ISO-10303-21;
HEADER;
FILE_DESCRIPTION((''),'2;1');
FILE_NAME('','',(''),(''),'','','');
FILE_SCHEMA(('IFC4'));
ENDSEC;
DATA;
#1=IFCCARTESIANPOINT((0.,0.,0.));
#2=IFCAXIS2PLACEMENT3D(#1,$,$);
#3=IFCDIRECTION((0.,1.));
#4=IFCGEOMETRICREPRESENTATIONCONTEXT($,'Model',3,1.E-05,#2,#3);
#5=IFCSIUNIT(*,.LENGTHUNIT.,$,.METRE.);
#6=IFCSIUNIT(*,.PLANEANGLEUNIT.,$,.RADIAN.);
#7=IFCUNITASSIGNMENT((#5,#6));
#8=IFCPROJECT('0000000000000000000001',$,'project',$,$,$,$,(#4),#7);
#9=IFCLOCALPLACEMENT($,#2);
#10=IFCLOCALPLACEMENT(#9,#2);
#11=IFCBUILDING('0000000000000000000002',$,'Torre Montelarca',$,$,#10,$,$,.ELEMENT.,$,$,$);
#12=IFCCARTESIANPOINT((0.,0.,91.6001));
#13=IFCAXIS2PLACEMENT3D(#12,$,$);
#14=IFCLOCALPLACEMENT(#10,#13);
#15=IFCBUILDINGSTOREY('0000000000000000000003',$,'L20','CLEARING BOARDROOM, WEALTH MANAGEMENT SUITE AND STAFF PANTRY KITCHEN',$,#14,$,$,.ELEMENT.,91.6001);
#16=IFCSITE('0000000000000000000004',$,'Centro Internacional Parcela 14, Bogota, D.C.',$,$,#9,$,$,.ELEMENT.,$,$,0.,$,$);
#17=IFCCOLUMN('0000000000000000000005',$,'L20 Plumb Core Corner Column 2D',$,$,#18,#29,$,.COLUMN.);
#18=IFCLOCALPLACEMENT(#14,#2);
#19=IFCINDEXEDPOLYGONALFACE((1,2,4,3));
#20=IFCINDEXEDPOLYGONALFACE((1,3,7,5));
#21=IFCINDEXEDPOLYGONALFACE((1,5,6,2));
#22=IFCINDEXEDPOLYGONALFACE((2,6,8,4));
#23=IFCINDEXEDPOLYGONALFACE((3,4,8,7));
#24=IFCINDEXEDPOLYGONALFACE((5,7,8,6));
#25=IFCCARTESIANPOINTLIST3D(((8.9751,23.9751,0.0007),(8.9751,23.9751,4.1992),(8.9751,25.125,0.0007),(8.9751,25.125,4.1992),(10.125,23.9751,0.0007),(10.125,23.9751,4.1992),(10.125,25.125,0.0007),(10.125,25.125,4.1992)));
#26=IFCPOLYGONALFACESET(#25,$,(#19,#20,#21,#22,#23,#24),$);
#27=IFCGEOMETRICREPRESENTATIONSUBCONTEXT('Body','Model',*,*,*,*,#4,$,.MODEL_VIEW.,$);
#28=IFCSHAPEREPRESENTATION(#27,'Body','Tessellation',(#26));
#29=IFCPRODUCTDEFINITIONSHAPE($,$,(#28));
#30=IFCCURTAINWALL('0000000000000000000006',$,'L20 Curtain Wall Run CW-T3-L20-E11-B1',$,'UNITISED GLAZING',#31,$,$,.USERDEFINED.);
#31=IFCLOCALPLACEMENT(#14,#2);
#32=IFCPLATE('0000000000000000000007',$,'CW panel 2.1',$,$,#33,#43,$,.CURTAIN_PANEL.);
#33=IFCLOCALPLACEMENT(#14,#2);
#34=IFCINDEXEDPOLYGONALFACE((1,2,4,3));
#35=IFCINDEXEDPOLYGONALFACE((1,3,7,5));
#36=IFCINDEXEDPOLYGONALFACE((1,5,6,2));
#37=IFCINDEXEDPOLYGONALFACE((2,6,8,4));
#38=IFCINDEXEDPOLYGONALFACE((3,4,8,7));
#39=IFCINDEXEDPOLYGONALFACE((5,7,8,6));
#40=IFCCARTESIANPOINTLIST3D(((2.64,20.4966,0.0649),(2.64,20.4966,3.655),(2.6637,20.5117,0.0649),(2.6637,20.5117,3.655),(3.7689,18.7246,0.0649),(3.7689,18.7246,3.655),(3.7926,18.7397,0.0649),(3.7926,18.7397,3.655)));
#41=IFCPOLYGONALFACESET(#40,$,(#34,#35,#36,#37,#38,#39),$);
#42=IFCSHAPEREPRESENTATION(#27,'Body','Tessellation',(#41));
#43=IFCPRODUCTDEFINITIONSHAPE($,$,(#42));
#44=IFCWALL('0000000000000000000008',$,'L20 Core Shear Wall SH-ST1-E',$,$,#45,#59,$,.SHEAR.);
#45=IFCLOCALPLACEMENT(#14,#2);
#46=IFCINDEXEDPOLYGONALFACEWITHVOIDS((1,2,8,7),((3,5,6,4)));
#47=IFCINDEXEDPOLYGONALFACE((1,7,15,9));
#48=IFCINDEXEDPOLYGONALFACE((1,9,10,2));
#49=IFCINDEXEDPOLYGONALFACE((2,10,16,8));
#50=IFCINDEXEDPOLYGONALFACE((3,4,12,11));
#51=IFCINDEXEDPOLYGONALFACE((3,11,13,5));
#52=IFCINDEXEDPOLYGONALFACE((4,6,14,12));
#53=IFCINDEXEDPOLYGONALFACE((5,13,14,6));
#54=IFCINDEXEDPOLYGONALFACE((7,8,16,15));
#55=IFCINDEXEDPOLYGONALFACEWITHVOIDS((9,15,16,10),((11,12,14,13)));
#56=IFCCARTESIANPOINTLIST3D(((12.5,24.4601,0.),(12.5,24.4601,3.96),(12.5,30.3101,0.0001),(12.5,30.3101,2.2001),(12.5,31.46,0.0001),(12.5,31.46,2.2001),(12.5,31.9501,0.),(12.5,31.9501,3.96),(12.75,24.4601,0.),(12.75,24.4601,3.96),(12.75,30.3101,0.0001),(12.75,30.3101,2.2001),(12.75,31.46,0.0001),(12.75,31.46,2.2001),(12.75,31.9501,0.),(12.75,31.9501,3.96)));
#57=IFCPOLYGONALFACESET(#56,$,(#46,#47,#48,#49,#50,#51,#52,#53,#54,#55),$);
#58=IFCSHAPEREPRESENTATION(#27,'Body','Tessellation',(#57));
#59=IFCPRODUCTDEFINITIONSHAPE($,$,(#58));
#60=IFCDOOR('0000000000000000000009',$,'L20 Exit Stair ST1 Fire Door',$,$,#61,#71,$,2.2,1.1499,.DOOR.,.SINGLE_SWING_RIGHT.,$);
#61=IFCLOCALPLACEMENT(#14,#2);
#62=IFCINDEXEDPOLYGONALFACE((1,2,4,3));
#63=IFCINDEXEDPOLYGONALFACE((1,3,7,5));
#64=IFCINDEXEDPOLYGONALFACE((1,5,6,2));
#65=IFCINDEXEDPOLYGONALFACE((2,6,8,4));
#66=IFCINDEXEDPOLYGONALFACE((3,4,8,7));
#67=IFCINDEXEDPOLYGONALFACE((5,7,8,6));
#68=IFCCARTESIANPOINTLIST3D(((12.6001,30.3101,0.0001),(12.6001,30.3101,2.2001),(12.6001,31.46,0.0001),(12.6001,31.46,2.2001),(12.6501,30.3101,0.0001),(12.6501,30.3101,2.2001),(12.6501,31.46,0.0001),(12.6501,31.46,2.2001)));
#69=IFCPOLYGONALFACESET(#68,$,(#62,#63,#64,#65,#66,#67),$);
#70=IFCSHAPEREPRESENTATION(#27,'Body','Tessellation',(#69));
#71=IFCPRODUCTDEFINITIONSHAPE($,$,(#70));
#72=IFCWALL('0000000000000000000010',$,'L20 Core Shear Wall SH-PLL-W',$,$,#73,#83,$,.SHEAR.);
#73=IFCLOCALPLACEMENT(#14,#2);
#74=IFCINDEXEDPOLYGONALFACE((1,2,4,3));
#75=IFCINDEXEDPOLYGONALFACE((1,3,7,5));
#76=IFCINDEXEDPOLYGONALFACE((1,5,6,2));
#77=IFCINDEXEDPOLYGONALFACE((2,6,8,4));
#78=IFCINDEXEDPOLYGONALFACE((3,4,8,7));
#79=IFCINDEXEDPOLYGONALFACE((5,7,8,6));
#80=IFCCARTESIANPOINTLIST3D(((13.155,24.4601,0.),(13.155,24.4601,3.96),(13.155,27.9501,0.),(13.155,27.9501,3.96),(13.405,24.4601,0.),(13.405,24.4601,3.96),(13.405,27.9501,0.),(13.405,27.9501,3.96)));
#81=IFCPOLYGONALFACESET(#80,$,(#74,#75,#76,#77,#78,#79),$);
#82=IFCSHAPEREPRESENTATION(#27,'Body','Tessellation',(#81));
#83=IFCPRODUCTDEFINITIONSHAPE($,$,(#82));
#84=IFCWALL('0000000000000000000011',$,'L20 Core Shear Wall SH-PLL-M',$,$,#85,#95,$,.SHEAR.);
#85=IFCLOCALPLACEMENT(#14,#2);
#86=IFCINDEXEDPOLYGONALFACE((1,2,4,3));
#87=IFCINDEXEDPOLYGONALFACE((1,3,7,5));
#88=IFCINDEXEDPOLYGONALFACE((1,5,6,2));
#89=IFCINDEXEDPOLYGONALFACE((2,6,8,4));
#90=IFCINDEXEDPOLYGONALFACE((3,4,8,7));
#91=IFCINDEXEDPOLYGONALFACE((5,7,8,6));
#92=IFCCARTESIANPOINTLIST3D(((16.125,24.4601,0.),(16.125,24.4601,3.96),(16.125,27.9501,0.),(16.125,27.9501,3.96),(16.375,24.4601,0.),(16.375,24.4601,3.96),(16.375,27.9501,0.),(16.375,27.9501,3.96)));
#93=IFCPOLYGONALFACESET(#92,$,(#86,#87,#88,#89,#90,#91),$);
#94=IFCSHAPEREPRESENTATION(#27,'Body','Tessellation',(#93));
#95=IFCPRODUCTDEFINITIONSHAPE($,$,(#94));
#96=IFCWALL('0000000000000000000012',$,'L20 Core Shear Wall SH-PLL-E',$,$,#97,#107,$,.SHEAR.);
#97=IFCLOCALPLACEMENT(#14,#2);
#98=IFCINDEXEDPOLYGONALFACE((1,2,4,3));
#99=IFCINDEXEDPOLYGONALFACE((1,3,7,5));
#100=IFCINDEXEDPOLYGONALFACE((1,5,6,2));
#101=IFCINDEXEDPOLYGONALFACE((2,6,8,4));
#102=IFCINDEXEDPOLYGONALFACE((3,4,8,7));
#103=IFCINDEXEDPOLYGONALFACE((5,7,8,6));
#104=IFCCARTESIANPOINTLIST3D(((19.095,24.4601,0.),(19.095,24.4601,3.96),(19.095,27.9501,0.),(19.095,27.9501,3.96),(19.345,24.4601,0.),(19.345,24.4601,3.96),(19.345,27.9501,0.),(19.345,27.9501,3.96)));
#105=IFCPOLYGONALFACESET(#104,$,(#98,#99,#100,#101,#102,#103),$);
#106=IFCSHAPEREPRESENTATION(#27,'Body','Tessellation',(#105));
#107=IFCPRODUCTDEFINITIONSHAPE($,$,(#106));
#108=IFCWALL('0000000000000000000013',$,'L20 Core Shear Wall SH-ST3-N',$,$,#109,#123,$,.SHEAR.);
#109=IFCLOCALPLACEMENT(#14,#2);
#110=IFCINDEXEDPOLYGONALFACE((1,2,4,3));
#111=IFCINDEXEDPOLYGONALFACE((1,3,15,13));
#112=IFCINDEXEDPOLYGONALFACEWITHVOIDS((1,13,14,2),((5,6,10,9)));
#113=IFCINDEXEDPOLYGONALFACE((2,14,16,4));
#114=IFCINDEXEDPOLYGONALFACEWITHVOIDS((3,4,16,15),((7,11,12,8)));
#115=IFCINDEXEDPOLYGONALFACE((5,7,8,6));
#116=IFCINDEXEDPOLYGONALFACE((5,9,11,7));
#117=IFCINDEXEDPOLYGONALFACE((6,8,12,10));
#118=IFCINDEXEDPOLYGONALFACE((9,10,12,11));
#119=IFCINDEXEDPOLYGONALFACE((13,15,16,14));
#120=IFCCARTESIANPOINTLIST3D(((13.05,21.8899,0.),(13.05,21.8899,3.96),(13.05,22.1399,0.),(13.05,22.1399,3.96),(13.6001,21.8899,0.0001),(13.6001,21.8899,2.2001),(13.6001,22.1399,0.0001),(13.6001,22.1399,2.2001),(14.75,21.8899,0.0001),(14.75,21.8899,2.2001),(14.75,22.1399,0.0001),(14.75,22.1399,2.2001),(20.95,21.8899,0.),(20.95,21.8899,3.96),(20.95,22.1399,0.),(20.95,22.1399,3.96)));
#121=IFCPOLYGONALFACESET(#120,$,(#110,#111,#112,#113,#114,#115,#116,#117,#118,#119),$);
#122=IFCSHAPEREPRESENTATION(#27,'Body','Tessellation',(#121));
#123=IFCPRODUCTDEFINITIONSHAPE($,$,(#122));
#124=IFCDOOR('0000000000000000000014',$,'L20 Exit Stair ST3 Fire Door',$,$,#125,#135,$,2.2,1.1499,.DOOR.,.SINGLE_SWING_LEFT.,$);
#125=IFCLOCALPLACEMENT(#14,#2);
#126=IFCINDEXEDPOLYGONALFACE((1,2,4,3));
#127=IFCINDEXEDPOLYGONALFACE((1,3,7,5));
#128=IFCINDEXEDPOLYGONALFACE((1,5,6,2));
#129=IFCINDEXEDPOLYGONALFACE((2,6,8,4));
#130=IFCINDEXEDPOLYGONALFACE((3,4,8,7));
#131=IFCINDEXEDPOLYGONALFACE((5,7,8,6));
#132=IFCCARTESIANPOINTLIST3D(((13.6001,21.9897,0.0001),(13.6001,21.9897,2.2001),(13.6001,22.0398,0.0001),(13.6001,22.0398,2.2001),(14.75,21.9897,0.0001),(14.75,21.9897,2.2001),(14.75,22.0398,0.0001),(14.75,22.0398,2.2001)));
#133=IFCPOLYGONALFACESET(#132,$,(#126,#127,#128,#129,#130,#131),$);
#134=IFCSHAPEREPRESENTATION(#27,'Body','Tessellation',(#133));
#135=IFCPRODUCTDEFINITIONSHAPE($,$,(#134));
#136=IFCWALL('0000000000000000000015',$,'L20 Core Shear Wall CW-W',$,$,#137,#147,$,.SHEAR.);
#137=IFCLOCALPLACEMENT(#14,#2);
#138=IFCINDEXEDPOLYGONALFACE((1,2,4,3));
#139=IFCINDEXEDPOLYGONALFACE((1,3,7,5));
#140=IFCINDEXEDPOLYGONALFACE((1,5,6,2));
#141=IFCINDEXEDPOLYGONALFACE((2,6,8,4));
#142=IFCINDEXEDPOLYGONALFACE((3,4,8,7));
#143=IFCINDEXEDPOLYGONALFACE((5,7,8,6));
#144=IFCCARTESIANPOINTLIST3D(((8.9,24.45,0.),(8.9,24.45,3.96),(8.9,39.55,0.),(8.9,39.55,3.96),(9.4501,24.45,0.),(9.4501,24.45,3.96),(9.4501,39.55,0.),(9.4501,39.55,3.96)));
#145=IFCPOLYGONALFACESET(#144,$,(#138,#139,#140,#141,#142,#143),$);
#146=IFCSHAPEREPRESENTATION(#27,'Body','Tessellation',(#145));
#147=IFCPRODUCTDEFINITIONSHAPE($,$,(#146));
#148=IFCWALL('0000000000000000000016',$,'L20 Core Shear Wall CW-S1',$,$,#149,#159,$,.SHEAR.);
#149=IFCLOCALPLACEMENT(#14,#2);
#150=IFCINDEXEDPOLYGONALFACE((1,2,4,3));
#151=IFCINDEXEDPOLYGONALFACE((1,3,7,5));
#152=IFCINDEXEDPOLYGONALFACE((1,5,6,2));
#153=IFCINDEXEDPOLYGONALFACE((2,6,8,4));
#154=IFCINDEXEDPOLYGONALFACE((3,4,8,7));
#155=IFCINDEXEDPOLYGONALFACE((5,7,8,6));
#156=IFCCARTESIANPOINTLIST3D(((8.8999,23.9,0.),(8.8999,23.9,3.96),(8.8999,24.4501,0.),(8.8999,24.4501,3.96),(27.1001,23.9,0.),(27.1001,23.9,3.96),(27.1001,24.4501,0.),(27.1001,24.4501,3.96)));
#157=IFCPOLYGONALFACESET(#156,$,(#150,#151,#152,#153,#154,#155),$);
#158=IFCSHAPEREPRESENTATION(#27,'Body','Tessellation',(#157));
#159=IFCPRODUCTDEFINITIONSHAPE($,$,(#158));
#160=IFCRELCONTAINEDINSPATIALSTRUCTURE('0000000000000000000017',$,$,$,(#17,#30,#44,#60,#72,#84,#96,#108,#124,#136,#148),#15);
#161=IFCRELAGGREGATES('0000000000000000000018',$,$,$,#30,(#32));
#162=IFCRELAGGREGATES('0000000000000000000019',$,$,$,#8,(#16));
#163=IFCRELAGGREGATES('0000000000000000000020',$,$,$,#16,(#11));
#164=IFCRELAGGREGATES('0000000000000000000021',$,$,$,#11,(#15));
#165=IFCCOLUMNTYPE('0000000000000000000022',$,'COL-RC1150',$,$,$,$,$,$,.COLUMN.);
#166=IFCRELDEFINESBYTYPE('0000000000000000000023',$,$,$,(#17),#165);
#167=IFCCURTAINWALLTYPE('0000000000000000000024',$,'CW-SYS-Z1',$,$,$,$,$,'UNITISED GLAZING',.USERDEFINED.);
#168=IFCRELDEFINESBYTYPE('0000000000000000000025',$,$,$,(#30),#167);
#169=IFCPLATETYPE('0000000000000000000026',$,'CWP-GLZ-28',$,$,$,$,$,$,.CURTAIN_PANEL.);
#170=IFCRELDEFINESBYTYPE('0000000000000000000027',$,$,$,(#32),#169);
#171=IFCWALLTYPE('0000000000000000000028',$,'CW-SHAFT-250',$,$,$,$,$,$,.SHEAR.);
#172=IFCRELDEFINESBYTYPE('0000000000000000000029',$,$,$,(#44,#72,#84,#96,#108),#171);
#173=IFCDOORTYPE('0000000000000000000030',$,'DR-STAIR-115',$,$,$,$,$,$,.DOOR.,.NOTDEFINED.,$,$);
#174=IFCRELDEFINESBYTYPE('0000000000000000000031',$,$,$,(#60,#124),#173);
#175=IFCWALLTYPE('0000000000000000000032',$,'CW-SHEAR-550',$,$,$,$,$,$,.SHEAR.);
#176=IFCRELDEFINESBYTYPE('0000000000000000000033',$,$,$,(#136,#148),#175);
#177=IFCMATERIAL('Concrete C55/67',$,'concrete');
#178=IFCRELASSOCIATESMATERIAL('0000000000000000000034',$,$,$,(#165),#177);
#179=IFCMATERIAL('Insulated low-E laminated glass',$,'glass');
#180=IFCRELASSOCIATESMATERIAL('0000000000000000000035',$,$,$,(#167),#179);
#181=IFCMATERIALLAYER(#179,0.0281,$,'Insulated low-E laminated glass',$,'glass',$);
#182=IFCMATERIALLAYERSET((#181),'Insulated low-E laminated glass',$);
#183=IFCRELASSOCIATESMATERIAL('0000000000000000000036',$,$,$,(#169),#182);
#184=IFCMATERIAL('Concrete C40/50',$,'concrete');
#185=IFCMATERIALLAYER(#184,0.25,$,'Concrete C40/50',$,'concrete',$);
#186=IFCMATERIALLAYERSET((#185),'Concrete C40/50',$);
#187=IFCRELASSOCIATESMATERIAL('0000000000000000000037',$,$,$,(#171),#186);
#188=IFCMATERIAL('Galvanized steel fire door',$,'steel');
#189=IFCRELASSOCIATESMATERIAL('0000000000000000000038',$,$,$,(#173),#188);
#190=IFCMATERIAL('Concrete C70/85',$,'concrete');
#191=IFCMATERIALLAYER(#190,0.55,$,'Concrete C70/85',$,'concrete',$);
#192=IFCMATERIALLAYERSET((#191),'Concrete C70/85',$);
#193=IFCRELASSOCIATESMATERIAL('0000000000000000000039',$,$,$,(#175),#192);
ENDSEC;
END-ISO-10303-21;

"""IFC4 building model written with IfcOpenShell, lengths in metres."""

from ifc_helpers import new_model, si_unit, direction, frame, frame_2d, origin, origin_2d, place, context, subcontext, project, spatial, rectangle, extrude, source, transform, mapped, material, layer, layer_set, material_profile, profile_set, type_object, element, fill, aggregate, save


model = new_model("IFC4")

# Units and contexts
model_context = context("Model", 3, precision=1e-05, world=origin(), true_north=direction((0.0, 1.0)))
body_context = subcontext(model_context, "Body", "Model", "MODEL_VIEW")
ifc_project = project(units=[si_unit("LENGTHUNIT", "METRE"), si_unit("PLANEANGLEUNIT", "RADIAN")], contexts=[model_context])

# Site, building, storey
site_placement = place(None, origin())
site = spatial("IfcSite", under=ifc_project, at=site_placement, Name="Centro Internacional Parcela 14, Bogota, D.C.", CompositionType="ELEMENT", RefElevation=0.0)
building_placement = place(site_placement, origin())
building = spatial("IfcBuilding", under=site, at=building_placement, Name="Torre Montelarca", CompositionType="ELEMENT")
storey_placement = place(building_placement, frame((0.0, 0.0, 91.6001)))
storey = spatial("IfcBuildingStorey", under=building, at=storey_placement, Name="L20", Description="CLEARING BOARDROOM, WEALTH MANAGEMENT SUITE AND STAFF PANTRY KITCHEN", CompositionType="ELEMENT", Elevation=91.6001)

# Column
ifc_material_1 = material(Name="Concrete C55/67", Category="concrete")
ifc_material_profile = material_profile(ifc_material_1, rectangle(XDim=1.1499, YDim=1.1499, at=origin_2d()), Name="RC1150X1150", Category="concrete")
ifc_profile_set = profile_set([ifc_material_profile], Name="Concrete C55/67")
column_type = type_object("IfcColumnType", Name="COL-RC1150", PredefinedType="COLUMN", material=ifc_profile_set)
shared_shape_1 = source(origin(), body_context, "Body", "SweptSolid", [
    extrude(rectangle(XDim=1.1499, YDim=1.1499, at=origin_2d()), origin(), (0.0, 0.0, 1.0), 4.1985),
])
column_placement = place(storey_placement, frame((9.55, 24.55, 0.0007), z_axis=(0.0, 0.0, 1.0), x_axis=(1.0, 0.0, 0.0)))
element("IfcColumn", 1, at=column_placement, inside=storey, type_object=column_type, Name="L20 Plumb Core Corner Column 2D", PredefinedType="COLUMN", context=body_context, shape_type="MappedRepresentation", body=[
    mapped(shared_shape_1, transform((0.0, 0.0, 0.0), scale=1.0)),
])

# Curtain wall, plate
ifc_material_2 = material(Name="Insulated low-E laminated glass", Category="glass")
curtain_wall_type = type_object("IfcCurtainWallType", Name="CW-SYS-Z1", ElementType="UNITISED GLAZING", PredefinedType="USERDEFINED", material=ifc_material_2)
curtain_wall_placement = place(storey_placement, origin())
curtain_wall = element("IfcCurtainWall", 2, at=curtain_wall_placement, inside=storey, type_object=curtain_wall_type, Name="L20 Curtain Wall Run CW-T3-L20-E11-B1", ObjectType="UNITISED GLAZING", PredefinedType="USERDEFINED")
ifc_layer_1 = layer(ifc_material_2, 0.0281, Name="Insulated low-E laminated glass", Category="glass")
ifc_layer_set_1 = layer_set([ifc_layer_1], Name="Insulated low-E laminated glass")
plate_type = type_object("IfcPlateType", Name="CWP-GLZ-28", PredefinedType="CURTAIN_PANEL", material=ifc_layer_set_1)
shared_shape_2 = source(origin(), body_context, "Body", "SweptSolid", [
    extrude(rectangle(XDim=2.1011, YDim=0.0281, at=origin_2d()), origin(), (0.0, 0.0, 1.0), 3.5901),
])
plate_placement = place(storey_placement, frame((3.2163, 19.6182, 0.0649), z_axis=(0.0, 0.0, 1.0), x_axis=(0.537314, -0.843382, 0.0)))
plate = element("IfcPlate", 3, at=plate_placement, type_object=plate_type, Name="CW panel 2.1", PredefinedType="CURTAIN_PANEL", context=body_context, shape_type="MappedRepresentation", body=[
    mapped(shared_shape_2, transform((0.0, 0.0, 0.0), scale=1.0)),
])
aggregate(curtain_wall, [plate])

# Wall, opening, door
ifc_material_3 = material(Name="Concrete C40/50", Category="concrete")
ifc_layer_2 = layer(ifc_material_3, 0.25, Name="Concrete C40/50", Category="concrete")
ifc_layer_set_2 = layer_set([ifc_layer_2], Name="Concrete C40/50")
wall_type_1 = type_object("IfcWallType", Name="CW-SHAFT-250", PredefinedType="SHEAR", material=ifc_layer_set_2)
wall_1_placement = place(storey_placement, frame((12.625, 24.46, 0.0), z_axis=(0.0, 0.0, 1.0), x_axis=(0.0, 1.0, 0.0)))
wall_1 = element("IfcWall", 4, at=wall_1_placement, inside=storey, type_object=wall_type_1, Name="L20 Core Shear Wall SH-ST1-E", PredefinedType="SHEAR", context=body_context, shape_type="SweptSolid", body=[
    extrude(rectangle(XDim=7.49, YDim=0.25, at=frame_2d((3.7451, 0.0))), origin(), (0.0, 0.0, 1.0), 3.96),
])
opening_1_placement = place(wall_1_placement, frame((5.8501, 0.0, 0.0)))
opening_1 = element("IfcOpeningElement", 5, at=opening_1_placement, cuts=wall_1, PredefinedType="OPENING", context=body_context, shape_type="SweptSolid", body=[
    extrude(rectangle(XDim=1.1499, YDim=2.2, at=frame_2d((0.575, 1.1001))), frame((0.0, 0.135, 0.0), z_axis=(0.0, -1.0, 0.0), x_axis=(1.0, 0.0, 0.0)), (0.0, 0.0, 1.0), 0.27),
])
ifc_material_4 = material(Name="Galvanized steel fire door", Category="steel")
door_type = type_object("IfcDoorType", Name="DR-STAIR-115", OperationType="NOTDEFINED", PredefinedType="DOOR", material=ifc_material_4)
shared_shape_3 = source(origin(), body_context, "Body", "SweptSolid", [
    extrude(rectangle(XDim=1.1499, YDim=2.2, at=frame_2d((0.575, 1.1001))), frame((0.0, 0.0249, 0.0), z_axis=(0.0, -1.0, 0.0), x_axis=(1.0, 0.0, 0.0)), (0.0, 0.0, 1.0), 0.05),
])
door_1_placement = place(opening_1_placement, origin())
door_1 = element("IfcDoor", 6, at=door_1_placement, inside=storey, type_object=door_type, Name="L20 Exit Stair ST1 Fire Door", OperationType="SINGLE_SWING_RIGHT", OverallHeight=2.2, OverallWidth=1.1499, PredefinedType="DOOR", context=body_context, shape_type="MappedRepresentation", body=[
    mapped(shared_shape_3, transform((0.0, 0.0, 0.0), scale=1.0)),
])
fill(opening_1, door_1)

# Walls
for number, where, z_axis, x_axis, name in (
    (7, (13.28, 24.46, 0.0), (0.0, 0.0, 1.0), (0.0, 1.0, 0.0), "L20 Core Shear Wall SH-PLL-W"),
    (8, (16.25, 24.46, 0.0), (0.0, 0.0, 1.0), (0.0, 1.0, 0.0), "L20 Core Shear Wall SH-PLL-M"),
    (9, (19.22, 24.46, 0.0), (0.0, 0.0, 1.0), (0.0, 1.0, 0.0), "L20 Core Shear Wall SH-PLL-E"),
):
    element("IfcWall", number, at=place(storey_placement, frame(where, z_axis=z_axis, x_axis=x_axis)), inside=storey, type_object=wall_type_1, Name=name, PredefinedType="SHEAR", context=body_context, shape_type="SweptSolid", body=[
        extrude(rectangle(XDim=3.49, YDim=0.25, at=frame_2d((1.7451, 0.0))), origin(), (0.0, 0.0, 1.0), 3.96),
    ])

# Wall, opening, door
wall_2_placement = place(storey_placement, frame((13.05, 22.0149, 0.0), z_axis=(0.0, 0.0, 1.0), x_axis=(1.0, 0.0, 0.0)))
wall_2 = element("IfcWall", 10, at=wall_2_placement, inside=storey, type_object=wall_type_1, Name="L20 Core Shear Wall SH-ST3-N", PredefinedType="SHEAR", context=body_context, shape_type="SweptSolid", body=[
    extrude(rectangle(XDim=7.8999, YDim=0.25, at=frame_2d((3.95, 0.0))), origin(), (0.0, 0.0, 1.0), 3.96),
])
opening_2_placement = place(wall_2_placement, frame((0.55, 0.0, 0.0)))
opening_2 = element("IfcOpeningElement", 11, at=opening_2_placement, cuts=wall_2, PredefinedType="OPENING", context=body_context, shape_type="SweptSolid", body=[
    extrude(rectangle(XDim=1.1499, YDim=2.2, at=frame_2d((0.575, 1.1001))), frame((0.0, 0.135, 0.0), z_axis=(0.0, -1.0, 0.0), x_axis=(1.0, 0.0, 0.0)), (0.0, 0.0, 1.0), 0.27),
])
door_2_placement = place(opening_2_placement, origin())
door_2 = element("IfcDoor", 12, at=door_2_placement, inside=storey, type_object=door_type, Name="L20 Exit Stair ST3 Fire Door", OperationType="SINGLE_SWING_LEFT", OverallHeight=2.2, OverallWidth=1.1499, PredefinedType="DOOR", context=body_context, shape_type="MappedRepresentation", body=[
    mapped(shared_shape_3, transform((0.0, 0.0, 0.0), scale=1.0)),
])
fill(opening_2, door_2)

# Walls
ifc_material_5 = material(Name="Concrete C70/85", Category="concrete")
ifc_layer_3 = layer(ifc_material_5, 0.55, Name="Concrete C70/85", Category="concrete")
ifc_layer_set_3 = layer_set([ifc_layer_3], Name="Concrete C70/85")
wall_type_2 = type_object("IfcWallType", Name="CW-SHEAR-550", PredefinedType="SHEAR", material=ifc_layer_set_3)
wall_3_placement = place(storey_placement, frame((9.175, 24.45, 0.0), z_axis=(0.0, 0.0, 1.0), x_axis=(0.0, 1.0, 0.0)))
element("IfcWall", 13, at=wall_3_placement, inside=storey, type_object=wall_type_2, Name="L20 Core Shear Wall CW-W", PredefinedType="SHEAR", context=body_context, shape_type="SweptSolid", body=[
    extrude(rectangle(XDim=15.1001, YDim=0.55, at=frame_2d((7.55, 0.0))), origin(), (0.0, 0.0, 1.0), 3.96),
])
wall_4_placement = place(storey_placement, frame((8.8999, 24.175, 0.0), z_axis=(0.0, 0.0, 1.0), x_axis=(1.0, 0.0, 0.0)))
element("IfcWall", 14, at=wall_4_placement, inside=storey, type_object=wall_type_2, Name="L20 Core Shear Wall CW-S1", PredefinedType="SHEAR", context=body_context, shape_type="SweptSolid", body=[
    extrude(rectangle(XDim=18.2002, YDim=0.55, at=frame_2d((9.1001, 0.0))), origin(), (0.0, 0.0, 1.0), 3.96),
])

save(model, "model.ifc")
